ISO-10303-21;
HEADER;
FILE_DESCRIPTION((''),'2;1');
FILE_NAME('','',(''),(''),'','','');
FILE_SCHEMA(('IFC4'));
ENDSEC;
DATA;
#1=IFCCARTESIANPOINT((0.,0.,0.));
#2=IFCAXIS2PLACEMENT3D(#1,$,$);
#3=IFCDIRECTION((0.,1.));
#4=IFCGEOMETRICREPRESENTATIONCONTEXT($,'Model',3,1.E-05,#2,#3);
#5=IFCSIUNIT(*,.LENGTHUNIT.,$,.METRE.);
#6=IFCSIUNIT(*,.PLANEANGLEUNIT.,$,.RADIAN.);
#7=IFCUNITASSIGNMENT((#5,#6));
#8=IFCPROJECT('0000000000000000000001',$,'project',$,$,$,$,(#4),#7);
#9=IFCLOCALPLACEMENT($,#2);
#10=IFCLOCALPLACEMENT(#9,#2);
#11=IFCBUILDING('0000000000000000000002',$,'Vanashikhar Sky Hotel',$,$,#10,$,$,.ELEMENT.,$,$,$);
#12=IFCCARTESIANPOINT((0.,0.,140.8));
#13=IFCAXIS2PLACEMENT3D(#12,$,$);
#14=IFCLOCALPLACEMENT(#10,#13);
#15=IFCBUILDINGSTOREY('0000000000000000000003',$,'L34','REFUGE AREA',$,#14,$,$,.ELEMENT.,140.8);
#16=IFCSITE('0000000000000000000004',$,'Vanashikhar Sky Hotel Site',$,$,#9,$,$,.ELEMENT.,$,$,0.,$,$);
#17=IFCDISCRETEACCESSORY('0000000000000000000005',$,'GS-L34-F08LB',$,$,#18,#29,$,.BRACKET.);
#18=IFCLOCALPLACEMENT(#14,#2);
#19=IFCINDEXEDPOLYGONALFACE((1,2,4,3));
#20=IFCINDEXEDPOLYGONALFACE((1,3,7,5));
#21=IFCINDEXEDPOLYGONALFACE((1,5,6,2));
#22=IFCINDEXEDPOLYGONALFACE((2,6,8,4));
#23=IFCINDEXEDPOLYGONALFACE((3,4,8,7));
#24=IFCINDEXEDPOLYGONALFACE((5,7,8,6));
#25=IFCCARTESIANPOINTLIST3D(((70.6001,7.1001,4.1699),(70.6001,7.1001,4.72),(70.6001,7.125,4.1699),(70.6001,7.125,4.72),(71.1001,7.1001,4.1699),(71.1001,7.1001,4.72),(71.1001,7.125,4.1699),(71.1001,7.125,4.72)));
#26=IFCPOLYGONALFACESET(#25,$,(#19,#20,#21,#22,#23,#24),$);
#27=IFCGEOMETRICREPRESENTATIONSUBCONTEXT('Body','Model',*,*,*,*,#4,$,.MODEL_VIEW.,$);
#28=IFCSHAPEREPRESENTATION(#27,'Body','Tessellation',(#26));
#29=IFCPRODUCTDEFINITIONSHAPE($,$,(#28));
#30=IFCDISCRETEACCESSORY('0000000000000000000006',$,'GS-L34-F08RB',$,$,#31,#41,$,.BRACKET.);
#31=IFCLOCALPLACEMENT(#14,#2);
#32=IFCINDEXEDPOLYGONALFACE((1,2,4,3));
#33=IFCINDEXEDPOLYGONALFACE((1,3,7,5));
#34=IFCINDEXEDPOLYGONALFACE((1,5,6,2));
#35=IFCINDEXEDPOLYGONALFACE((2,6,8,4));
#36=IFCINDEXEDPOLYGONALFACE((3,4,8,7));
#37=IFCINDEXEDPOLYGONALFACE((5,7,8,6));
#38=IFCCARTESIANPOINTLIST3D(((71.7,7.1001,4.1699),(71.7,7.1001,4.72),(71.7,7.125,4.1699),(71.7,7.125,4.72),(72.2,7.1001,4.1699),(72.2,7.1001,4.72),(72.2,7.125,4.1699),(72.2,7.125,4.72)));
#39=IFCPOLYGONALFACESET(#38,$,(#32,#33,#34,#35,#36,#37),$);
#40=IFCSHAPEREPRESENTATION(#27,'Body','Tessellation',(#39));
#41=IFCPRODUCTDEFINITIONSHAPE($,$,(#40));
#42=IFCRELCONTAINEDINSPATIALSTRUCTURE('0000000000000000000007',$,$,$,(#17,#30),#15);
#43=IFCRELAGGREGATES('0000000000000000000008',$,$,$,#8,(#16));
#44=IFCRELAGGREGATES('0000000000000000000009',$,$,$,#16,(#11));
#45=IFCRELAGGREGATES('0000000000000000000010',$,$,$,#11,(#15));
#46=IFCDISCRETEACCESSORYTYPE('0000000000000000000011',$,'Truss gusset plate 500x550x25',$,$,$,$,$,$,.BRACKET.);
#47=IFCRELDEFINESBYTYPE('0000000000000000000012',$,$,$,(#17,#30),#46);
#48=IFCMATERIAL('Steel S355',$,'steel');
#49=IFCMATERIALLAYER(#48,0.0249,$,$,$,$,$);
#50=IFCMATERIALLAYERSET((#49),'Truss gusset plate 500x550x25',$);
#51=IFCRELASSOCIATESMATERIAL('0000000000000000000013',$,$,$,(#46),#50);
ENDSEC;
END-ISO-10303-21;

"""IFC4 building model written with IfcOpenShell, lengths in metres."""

from ifc_helpers import new_model, si_unit, direction, frame, origin, origin_2d, place, context, subcontext, project, spatial, rectangle, extrude, source, transform, mapped, material, layer, layer_set, type_object, element, save


model = new_model("IFC4")

# Units and contexts
model_context = context("Model", 3, precision=1e-05, world=origin(), true_north=direction((0.0, 1.0)))
body_context = subcontext(model_context, "Body", "Model", "MODEL_VIEW")
ifc_project = project(units=[si_unit("LENGTHUNIT", "METRE"), si_unit("PLANEANGLEUNIT", "RADIAN")], contexts=[model_context])

# Site, building, storey
site_placement = place(None, origin())
site = spatial("IfcSite", under=ifc_project, at=site_placement, Name="Vanashikhar Sky Hotel Site", CompositionType="ELEMENT", RefElevation=0.0)
building_placement = place(site_placement, origin())
building = spatial("IfcBuilding", under=site, at=building_placement, Name="Vanashikhar Sky Hotel", CompositionType="ELEMENT")
storey_placement = place(building_placement, frame((0.0, 0.0, 140.8)))
storey = spatial("IfcBuildingStorey", under=building, at=storey_placement, Name="L34", Description="REFUGE AREA", CompositionType="ELEMENT", Elevation=140.8)

# Shared definitions
ifc_material_1 = material(Name="Steel S355", Category="steel")

# Discrete accessories
ifc_layer_1 = layer(ifc_material_1, 0.0249)
ifc_layer_set_1 = layer_set([ifc_layer_1], Name="Truss gusset plate 500x550x25")
discrete_accessory_type = type_object("IfcDiscreteAccessoryType", Name="Truss gusset plate 500x550x25", PredefinedType="BRACKET", material=ifc_layer_set_1)
shared_shape_1 = source(origin(), body_context, "Body", "SweptSolid", [
    extrude(rectangle(XDim=0.5, YDim=0.0249, at=origin_2d()), origin(), (0.0, 0.0, 1.0), 0.55),
])
for number, where, z_axis, x_axis, name in (
    (1, (70.8501, 7.1125, 4.1699), (0.0, 0.0, 1.0), (1.0, 0.0, 0.0), "GS-L34-F08LB"),
    (2, (71.95, 7.1125, 4.1699), (0.0, 0.0, 1.0), (1.0, 0.0, 0.0), "GS-L34-F08RB"),
):
    element("IfcDiscreteAccessory", number, at=place(storey_placement, frame(where, z_axis=z_axis, x_axis=x_axis)), inside=storey, type_object=discrete_accessory_type, Name=name, PredefinedType="BRACKET", context=body_context, shape_type="MappedRepresentation", body=[
        mapped(shared_shape_1, transform((0.0, 0.0, 0.0), scale=1.0)),
    ])

save(model, "model.ifc")
